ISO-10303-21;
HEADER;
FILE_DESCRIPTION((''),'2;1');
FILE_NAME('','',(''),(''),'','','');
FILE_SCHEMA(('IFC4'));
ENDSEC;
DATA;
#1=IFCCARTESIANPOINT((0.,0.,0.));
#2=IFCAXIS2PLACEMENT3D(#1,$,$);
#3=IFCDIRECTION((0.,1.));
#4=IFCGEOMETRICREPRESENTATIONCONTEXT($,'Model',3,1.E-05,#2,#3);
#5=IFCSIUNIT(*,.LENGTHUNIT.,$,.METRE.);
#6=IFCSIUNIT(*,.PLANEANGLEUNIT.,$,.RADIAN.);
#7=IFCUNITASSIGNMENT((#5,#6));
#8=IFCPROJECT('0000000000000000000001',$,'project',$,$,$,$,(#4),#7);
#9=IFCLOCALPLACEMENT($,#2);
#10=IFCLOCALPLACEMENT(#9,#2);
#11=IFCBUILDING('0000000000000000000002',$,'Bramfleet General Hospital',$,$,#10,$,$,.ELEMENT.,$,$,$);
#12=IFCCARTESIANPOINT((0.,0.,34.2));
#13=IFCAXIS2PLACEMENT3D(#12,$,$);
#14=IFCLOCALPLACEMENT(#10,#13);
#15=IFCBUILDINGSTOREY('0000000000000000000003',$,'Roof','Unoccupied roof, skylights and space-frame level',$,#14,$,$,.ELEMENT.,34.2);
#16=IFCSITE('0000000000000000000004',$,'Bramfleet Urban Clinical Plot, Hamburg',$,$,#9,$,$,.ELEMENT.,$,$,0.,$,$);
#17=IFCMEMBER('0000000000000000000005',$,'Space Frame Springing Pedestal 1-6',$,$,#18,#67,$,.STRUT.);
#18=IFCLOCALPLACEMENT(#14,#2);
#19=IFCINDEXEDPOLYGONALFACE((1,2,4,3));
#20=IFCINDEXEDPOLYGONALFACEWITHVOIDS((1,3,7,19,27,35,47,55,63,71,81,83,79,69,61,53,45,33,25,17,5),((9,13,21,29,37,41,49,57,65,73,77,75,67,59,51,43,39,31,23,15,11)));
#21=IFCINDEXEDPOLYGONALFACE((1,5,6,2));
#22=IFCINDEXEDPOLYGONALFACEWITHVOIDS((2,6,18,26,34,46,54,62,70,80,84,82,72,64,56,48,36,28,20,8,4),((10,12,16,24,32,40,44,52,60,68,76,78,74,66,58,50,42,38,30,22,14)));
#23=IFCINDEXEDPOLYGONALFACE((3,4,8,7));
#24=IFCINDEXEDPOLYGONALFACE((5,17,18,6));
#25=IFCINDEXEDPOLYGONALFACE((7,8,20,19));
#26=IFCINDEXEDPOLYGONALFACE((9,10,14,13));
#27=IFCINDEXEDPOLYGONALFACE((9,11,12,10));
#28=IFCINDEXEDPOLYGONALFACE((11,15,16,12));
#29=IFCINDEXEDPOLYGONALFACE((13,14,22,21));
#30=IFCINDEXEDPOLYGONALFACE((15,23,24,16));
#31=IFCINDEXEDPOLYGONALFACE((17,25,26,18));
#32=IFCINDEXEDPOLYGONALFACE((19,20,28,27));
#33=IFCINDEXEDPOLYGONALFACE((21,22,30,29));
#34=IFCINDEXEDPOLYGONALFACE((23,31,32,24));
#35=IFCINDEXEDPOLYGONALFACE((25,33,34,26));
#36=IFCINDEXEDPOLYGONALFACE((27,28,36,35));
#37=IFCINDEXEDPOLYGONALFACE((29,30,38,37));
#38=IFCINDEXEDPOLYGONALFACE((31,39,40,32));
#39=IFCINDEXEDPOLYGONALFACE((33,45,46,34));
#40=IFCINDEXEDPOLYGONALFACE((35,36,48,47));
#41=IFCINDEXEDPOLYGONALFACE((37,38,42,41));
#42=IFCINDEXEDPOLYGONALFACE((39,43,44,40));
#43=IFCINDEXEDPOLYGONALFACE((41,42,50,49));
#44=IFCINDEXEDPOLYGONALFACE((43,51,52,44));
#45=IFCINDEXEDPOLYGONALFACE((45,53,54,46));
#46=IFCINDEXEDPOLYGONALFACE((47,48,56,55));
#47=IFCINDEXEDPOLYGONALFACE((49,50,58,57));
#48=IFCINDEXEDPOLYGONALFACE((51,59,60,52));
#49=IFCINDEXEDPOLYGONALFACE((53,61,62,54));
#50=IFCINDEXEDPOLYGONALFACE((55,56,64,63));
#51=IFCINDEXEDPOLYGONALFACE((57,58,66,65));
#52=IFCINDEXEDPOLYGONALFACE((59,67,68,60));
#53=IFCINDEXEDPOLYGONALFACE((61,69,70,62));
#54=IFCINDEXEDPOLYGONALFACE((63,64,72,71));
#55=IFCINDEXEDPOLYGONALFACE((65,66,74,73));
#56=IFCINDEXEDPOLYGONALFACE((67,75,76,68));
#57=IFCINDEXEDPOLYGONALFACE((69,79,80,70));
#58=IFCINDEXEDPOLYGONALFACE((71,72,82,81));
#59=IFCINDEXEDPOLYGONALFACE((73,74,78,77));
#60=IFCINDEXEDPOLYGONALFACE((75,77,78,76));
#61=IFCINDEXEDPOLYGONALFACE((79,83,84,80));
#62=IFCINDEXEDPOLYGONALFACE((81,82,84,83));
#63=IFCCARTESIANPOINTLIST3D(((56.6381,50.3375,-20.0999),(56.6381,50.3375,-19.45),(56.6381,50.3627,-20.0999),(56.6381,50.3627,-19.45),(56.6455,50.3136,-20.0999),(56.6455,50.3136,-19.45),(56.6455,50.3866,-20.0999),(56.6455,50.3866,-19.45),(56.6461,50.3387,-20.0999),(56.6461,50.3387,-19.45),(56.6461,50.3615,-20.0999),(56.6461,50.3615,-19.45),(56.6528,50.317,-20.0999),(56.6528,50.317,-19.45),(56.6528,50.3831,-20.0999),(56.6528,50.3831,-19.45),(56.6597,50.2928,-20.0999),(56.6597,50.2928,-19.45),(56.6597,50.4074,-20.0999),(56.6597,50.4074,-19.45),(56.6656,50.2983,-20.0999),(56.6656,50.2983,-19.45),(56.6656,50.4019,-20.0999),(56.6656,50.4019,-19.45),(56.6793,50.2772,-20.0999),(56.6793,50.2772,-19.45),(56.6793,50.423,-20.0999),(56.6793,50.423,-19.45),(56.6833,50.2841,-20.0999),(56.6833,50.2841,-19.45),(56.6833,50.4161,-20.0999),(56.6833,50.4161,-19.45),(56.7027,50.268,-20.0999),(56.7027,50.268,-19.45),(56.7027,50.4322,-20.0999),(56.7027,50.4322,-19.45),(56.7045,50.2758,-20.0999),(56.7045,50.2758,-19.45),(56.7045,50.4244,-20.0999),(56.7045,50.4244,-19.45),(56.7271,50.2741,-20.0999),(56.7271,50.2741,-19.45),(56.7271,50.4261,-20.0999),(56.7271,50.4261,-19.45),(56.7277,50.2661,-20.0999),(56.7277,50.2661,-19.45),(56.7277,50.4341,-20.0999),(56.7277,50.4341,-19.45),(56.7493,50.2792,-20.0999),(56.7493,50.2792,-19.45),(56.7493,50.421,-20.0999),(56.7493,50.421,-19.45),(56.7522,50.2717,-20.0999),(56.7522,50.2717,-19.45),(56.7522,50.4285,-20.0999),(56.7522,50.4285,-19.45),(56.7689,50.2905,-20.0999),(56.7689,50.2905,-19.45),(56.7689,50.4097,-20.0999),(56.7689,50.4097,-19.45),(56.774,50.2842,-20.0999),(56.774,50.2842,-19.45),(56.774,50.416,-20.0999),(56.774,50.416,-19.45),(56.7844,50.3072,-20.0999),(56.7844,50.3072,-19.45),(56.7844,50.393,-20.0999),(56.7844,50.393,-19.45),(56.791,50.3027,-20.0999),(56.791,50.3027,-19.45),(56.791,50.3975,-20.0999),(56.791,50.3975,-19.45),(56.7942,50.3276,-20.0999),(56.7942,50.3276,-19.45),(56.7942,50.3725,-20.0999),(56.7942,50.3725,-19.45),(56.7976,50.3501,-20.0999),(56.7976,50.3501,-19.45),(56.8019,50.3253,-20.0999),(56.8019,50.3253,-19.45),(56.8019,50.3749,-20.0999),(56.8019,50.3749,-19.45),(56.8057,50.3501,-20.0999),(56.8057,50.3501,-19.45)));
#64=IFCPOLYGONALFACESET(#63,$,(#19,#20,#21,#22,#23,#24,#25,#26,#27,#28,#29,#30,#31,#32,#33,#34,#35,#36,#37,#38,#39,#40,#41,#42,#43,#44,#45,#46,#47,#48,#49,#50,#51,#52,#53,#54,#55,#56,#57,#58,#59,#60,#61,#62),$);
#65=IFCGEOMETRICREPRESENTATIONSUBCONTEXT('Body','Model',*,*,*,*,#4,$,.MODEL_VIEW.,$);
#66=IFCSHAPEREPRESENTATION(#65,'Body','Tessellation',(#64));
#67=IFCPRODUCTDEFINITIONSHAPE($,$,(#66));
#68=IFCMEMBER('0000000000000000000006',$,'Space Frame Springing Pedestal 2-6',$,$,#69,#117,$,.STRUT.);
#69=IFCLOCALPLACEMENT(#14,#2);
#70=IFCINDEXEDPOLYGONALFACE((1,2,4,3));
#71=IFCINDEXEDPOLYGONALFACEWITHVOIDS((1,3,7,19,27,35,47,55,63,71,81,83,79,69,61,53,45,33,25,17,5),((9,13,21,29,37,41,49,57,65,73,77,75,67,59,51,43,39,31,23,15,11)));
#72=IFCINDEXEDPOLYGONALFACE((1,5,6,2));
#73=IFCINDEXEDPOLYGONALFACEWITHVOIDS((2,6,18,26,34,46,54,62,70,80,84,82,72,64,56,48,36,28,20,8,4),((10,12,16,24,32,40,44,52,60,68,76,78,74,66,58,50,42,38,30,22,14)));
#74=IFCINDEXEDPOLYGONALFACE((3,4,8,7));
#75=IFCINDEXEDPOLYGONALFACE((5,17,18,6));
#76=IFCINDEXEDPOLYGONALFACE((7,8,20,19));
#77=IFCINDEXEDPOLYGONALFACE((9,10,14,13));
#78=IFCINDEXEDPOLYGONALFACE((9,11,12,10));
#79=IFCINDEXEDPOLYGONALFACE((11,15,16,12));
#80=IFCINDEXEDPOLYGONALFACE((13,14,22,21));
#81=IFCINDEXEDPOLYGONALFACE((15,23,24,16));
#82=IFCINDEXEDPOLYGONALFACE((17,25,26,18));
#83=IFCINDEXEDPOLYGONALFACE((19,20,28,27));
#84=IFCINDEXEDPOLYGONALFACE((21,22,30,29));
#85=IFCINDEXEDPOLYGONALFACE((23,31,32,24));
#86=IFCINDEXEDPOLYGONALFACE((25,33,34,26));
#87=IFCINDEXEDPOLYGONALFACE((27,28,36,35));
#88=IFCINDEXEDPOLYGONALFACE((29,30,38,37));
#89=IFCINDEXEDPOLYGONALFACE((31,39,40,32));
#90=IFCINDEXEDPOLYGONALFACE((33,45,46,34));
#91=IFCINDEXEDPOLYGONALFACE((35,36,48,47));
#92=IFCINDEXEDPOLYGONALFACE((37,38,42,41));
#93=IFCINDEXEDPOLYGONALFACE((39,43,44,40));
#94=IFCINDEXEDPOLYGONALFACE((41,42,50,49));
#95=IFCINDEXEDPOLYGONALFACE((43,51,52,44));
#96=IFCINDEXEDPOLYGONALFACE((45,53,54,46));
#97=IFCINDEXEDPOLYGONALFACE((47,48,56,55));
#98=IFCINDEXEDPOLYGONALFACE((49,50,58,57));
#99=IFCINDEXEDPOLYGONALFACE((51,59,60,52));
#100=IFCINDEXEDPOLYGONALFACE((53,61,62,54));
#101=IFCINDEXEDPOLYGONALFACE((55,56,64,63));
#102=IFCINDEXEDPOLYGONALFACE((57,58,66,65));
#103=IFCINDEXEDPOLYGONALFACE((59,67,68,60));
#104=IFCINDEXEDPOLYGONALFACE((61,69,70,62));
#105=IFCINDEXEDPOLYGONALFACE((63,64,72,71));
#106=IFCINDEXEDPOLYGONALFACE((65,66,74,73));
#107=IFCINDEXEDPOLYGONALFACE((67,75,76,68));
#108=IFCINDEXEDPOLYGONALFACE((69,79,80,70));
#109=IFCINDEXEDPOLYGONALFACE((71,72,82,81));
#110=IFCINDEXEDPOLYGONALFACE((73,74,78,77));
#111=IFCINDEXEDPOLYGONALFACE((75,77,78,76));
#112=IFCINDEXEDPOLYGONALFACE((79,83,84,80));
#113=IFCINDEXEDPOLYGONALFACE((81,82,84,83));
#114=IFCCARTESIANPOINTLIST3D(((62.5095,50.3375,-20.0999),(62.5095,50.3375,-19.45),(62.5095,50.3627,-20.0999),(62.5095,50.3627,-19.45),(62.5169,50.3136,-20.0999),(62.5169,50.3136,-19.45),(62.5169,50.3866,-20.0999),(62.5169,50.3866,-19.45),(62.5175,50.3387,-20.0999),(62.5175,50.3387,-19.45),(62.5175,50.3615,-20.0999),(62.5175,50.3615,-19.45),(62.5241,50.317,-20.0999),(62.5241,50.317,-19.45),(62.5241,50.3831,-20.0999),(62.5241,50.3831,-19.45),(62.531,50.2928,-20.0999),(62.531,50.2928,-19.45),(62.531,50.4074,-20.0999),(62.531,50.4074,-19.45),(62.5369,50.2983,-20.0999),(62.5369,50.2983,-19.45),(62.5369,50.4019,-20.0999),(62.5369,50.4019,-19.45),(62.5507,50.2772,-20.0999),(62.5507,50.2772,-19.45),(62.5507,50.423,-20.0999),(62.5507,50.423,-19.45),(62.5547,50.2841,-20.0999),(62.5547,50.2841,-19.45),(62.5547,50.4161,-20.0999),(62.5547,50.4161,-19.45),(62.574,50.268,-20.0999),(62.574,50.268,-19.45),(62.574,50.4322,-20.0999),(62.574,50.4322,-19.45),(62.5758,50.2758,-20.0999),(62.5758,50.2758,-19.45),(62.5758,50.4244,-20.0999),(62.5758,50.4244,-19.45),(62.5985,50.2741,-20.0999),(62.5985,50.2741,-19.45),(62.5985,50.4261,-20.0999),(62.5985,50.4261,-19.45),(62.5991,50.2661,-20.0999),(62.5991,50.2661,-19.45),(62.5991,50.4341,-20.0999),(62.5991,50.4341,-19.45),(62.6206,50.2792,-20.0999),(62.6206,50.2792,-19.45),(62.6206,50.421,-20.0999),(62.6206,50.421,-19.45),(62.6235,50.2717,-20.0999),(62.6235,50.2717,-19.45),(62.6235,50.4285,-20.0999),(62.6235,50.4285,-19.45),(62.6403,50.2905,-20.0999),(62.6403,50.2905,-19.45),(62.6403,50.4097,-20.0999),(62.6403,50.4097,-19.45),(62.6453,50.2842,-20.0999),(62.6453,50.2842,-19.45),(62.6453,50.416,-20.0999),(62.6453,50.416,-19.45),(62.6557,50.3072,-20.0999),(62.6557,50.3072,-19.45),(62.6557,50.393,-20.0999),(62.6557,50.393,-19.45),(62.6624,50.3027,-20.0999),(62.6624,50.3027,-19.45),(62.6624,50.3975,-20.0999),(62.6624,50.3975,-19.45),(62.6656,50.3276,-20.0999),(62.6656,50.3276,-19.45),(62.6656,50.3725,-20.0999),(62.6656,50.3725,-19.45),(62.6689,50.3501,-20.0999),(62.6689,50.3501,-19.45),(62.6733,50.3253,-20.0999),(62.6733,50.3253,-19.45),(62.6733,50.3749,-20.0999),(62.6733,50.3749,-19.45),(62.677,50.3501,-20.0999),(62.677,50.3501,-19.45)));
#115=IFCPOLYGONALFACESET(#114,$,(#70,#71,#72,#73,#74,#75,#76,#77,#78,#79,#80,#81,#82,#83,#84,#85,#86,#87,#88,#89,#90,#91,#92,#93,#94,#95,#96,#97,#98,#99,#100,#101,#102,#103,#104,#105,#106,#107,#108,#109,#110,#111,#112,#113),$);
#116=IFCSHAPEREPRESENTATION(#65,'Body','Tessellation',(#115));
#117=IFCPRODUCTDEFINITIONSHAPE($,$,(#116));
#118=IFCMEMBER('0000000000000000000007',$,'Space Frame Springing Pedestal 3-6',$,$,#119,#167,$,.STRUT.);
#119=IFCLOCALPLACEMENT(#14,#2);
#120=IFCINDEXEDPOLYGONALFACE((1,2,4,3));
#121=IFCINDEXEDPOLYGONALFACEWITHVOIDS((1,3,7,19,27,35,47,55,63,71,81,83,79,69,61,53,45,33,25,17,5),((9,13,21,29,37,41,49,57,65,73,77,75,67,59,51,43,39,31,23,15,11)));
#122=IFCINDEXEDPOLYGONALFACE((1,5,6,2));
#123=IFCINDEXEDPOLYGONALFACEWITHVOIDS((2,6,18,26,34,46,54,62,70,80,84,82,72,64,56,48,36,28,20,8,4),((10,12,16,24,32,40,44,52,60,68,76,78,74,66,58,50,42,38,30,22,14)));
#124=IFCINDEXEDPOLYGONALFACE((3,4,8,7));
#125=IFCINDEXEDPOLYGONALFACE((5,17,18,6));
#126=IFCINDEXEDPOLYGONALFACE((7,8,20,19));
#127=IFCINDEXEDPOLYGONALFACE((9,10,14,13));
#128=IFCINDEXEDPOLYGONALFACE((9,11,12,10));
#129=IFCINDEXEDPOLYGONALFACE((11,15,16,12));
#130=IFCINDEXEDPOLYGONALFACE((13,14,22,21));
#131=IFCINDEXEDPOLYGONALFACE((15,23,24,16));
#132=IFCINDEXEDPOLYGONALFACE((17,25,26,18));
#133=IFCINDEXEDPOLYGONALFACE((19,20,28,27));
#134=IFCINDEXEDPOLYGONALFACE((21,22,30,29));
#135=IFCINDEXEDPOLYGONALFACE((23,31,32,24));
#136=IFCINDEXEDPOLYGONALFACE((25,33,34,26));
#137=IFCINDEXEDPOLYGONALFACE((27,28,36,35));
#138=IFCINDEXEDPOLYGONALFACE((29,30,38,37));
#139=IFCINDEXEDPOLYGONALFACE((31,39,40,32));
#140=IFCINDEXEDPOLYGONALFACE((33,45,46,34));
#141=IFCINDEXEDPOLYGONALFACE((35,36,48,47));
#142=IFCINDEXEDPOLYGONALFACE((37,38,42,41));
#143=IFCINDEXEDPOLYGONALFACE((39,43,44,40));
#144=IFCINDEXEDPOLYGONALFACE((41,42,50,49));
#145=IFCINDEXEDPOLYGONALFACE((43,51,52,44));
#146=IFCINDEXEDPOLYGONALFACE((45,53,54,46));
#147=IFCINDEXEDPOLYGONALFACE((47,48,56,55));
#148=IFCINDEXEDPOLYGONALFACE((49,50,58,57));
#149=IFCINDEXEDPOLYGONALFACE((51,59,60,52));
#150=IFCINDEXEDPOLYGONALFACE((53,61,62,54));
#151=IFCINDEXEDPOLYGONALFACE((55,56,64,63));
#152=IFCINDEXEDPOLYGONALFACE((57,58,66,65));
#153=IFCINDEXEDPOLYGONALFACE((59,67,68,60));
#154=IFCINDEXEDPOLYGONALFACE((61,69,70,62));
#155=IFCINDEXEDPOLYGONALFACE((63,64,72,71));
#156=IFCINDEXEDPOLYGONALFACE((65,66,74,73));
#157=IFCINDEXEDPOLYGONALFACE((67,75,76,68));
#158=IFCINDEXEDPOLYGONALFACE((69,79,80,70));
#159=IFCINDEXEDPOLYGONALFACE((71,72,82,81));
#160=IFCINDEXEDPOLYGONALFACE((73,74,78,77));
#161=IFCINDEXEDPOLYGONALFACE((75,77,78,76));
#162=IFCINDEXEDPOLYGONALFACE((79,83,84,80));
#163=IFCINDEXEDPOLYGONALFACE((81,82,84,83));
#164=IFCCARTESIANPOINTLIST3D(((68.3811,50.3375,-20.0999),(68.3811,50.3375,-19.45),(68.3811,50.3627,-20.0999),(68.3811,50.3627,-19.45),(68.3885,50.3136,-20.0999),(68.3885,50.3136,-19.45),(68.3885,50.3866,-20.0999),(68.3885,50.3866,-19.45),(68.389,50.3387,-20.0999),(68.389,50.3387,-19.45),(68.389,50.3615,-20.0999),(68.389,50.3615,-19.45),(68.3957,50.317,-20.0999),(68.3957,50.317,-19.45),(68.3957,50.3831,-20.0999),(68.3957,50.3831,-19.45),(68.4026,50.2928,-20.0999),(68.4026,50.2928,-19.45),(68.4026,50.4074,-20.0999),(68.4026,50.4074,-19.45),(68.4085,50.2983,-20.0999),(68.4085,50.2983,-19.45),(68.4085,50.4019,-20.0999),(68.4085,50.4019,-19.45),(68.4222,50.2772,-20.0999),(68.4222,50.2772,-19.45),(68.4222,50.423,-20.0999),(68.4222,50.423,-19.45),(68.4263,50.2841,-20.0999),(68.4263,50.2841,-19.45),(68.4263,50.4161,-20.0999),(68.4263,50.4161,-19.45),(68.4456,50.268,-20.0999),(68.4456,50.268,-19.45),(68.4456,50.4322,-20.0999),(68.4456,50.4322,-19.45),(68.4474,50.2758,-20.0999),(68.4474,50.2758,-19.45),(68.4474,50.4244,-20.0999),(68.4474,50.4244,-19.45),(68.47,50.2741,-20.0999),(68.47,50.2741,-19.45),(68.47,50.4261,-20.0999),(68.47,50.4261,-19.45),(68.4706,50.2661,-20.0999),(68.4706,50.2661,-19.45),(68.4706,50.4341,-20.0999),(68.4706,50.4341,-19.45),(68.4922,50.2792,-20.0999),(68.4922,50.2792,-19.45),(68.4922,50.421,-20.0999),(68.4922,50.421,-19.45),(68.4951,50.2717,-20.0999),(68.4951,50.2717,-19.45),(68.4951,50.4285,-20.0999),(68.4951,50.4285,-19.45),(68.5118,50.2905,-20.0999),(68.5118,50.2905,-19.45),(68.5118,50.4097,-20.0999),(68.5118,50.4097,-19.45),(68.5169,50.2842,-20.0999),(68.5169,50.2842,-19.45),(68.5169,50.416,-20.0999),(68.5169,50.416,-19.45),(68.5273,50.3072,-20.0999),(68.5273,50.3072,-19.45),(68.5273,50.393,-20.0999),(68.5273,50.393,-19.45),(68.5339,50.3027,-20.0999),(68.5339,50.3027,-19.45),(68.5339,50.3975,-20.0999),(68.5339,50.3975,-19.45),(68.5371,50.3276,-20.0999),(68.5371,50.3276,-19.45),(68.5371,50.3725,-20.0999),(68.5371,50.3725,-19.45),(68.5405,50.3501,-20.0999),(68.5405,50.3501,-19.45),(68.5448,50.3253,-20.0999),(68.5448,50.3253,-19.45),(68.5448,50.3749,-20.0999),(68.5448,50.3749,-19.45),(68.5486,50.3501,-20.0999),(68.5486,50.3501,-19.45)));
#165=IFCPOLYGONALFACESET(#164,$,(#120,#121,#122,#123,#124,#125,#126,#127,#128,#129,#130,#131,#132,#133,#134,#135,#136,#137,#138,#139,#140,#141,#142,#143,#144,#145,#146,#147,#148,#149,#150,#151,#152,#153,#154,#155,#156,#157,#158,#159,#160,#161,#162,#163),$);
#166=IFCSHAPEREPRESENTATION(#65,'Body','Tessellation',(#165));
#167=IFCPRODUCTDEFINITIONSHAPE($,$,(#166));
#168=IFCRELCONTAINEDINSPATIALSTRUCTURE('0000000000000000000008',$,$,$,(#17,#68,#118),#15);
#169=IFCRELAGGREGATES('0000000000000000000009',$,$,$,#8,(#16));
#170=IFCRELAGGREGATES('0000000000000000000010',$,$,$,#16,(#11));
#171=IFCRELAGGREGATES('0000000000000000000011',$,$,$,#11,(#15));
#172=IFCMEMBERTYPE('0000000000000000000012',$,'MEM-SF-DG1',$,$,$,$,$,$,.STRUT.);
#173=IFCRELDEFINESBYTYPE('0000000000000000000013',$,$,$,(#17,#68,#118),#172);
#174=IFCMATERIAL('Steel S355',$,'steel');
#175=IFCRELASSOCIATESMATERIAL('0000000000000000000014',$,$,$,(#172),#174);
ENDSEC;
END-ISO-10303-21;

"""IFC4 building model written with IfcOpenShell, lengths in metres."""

from ifc_helpers import new_model, si_unit, direction, frame, origin, origin_2d, place, context, subcontext, project, spatial, hollow_circle, extrude, material, material_profile, profile_set, type_object, element, save


model = new_model("IFC4")

# Units and contexts
model_context = context("Model", 3, precision=1e-05, world=origin(), true_north=direction((0.0, 1.0)))
body_context = subcontext(model_context, "Body", "Model", "MODEL_VIEW")
ifc_project = project(units=[si_unit("LENGTHUNIT", "METRE"), si_unit("PLANEANGLEUNIT", "RADIAN")], contexts=[model_context])

# Site, building, storey
site_placement = place(None, origin())
site = spatial("IfcSite", under=ifc_project, at=site_placement, Name="Bramfleet Urban Clinical Plot, Hamburg", CompositionType="ELEMENT", RefElevation=0.0)
building_placement = place(site_placement, origin())
building = spatial("IfcBuilding", under=site, at=building_placement, Name="Bramfleet General Hospital", CompositionType="ELEMENT")
storey_placement = place(building_placement, frame((0.0, 0.0, 34.2)))
storey = spatial("IfcBuildingStorey", under=building, at=storey_placement, Name="Roof", Description="Unoccupied roof, skylights and space-frame level", CompositionType="ELEMENT", Elevation=34.2)

# Members
ifc_material_1 = material(Name="Steel S355", Category="steel")
ifc_material_profile_1 = material_profile(ifc_material_1, hollow_circle(Radius=0.0842, WallThickness=0.0081, at=origin_2d()), Name="CHS 168.3x8.0")
ifc_profile_set_1 = profile_set([ifc_material_profile_1], Name="Steel S355")
member_type_1 = type_object("IfcMemberType", Name="MEM-SF-DG1", PredefinedType="STRUT", material=ifc_profile_set_1)
for number, where, z_axis, x_axis, name in (
    (1, (56.7214, 50.3501, -20.0999), (0.0, 0.0, 1.0), (1.0, 0.0, 0.0), "Space Frame Springing Pedestal 1-6"),
    (2, (62.5928, 50.3501, -20.0999), (0.0, 0.0, 1.0), (1.0, 0.0, 0.0), "Space Frame Springing Pedestal 2-6"),
    (3, (68.4644, 50.3501, -20.0999), (0.0, 0.0, 1.0), (1.0, 0.0, 0.0), "Space Frame Springing Pedestal 3-6"),
):
    element("IfcMember", number, at=place(storey_placement, frame(where, z_axis=z_axis, x_axis=x_axis)), inside=storey, type_object=member_type_1, Name=name, PredefinedType="STRUT", context=body_context, shape_type="SweptSolid", body=[
        extrude(hollow_circle(Radius=0.0842, WallThickness=0.0081, at=origin_2d()), origin(), (0.0, 0.0, 1.0), 0.6499),
    ])

save(model, "model.ifc")
